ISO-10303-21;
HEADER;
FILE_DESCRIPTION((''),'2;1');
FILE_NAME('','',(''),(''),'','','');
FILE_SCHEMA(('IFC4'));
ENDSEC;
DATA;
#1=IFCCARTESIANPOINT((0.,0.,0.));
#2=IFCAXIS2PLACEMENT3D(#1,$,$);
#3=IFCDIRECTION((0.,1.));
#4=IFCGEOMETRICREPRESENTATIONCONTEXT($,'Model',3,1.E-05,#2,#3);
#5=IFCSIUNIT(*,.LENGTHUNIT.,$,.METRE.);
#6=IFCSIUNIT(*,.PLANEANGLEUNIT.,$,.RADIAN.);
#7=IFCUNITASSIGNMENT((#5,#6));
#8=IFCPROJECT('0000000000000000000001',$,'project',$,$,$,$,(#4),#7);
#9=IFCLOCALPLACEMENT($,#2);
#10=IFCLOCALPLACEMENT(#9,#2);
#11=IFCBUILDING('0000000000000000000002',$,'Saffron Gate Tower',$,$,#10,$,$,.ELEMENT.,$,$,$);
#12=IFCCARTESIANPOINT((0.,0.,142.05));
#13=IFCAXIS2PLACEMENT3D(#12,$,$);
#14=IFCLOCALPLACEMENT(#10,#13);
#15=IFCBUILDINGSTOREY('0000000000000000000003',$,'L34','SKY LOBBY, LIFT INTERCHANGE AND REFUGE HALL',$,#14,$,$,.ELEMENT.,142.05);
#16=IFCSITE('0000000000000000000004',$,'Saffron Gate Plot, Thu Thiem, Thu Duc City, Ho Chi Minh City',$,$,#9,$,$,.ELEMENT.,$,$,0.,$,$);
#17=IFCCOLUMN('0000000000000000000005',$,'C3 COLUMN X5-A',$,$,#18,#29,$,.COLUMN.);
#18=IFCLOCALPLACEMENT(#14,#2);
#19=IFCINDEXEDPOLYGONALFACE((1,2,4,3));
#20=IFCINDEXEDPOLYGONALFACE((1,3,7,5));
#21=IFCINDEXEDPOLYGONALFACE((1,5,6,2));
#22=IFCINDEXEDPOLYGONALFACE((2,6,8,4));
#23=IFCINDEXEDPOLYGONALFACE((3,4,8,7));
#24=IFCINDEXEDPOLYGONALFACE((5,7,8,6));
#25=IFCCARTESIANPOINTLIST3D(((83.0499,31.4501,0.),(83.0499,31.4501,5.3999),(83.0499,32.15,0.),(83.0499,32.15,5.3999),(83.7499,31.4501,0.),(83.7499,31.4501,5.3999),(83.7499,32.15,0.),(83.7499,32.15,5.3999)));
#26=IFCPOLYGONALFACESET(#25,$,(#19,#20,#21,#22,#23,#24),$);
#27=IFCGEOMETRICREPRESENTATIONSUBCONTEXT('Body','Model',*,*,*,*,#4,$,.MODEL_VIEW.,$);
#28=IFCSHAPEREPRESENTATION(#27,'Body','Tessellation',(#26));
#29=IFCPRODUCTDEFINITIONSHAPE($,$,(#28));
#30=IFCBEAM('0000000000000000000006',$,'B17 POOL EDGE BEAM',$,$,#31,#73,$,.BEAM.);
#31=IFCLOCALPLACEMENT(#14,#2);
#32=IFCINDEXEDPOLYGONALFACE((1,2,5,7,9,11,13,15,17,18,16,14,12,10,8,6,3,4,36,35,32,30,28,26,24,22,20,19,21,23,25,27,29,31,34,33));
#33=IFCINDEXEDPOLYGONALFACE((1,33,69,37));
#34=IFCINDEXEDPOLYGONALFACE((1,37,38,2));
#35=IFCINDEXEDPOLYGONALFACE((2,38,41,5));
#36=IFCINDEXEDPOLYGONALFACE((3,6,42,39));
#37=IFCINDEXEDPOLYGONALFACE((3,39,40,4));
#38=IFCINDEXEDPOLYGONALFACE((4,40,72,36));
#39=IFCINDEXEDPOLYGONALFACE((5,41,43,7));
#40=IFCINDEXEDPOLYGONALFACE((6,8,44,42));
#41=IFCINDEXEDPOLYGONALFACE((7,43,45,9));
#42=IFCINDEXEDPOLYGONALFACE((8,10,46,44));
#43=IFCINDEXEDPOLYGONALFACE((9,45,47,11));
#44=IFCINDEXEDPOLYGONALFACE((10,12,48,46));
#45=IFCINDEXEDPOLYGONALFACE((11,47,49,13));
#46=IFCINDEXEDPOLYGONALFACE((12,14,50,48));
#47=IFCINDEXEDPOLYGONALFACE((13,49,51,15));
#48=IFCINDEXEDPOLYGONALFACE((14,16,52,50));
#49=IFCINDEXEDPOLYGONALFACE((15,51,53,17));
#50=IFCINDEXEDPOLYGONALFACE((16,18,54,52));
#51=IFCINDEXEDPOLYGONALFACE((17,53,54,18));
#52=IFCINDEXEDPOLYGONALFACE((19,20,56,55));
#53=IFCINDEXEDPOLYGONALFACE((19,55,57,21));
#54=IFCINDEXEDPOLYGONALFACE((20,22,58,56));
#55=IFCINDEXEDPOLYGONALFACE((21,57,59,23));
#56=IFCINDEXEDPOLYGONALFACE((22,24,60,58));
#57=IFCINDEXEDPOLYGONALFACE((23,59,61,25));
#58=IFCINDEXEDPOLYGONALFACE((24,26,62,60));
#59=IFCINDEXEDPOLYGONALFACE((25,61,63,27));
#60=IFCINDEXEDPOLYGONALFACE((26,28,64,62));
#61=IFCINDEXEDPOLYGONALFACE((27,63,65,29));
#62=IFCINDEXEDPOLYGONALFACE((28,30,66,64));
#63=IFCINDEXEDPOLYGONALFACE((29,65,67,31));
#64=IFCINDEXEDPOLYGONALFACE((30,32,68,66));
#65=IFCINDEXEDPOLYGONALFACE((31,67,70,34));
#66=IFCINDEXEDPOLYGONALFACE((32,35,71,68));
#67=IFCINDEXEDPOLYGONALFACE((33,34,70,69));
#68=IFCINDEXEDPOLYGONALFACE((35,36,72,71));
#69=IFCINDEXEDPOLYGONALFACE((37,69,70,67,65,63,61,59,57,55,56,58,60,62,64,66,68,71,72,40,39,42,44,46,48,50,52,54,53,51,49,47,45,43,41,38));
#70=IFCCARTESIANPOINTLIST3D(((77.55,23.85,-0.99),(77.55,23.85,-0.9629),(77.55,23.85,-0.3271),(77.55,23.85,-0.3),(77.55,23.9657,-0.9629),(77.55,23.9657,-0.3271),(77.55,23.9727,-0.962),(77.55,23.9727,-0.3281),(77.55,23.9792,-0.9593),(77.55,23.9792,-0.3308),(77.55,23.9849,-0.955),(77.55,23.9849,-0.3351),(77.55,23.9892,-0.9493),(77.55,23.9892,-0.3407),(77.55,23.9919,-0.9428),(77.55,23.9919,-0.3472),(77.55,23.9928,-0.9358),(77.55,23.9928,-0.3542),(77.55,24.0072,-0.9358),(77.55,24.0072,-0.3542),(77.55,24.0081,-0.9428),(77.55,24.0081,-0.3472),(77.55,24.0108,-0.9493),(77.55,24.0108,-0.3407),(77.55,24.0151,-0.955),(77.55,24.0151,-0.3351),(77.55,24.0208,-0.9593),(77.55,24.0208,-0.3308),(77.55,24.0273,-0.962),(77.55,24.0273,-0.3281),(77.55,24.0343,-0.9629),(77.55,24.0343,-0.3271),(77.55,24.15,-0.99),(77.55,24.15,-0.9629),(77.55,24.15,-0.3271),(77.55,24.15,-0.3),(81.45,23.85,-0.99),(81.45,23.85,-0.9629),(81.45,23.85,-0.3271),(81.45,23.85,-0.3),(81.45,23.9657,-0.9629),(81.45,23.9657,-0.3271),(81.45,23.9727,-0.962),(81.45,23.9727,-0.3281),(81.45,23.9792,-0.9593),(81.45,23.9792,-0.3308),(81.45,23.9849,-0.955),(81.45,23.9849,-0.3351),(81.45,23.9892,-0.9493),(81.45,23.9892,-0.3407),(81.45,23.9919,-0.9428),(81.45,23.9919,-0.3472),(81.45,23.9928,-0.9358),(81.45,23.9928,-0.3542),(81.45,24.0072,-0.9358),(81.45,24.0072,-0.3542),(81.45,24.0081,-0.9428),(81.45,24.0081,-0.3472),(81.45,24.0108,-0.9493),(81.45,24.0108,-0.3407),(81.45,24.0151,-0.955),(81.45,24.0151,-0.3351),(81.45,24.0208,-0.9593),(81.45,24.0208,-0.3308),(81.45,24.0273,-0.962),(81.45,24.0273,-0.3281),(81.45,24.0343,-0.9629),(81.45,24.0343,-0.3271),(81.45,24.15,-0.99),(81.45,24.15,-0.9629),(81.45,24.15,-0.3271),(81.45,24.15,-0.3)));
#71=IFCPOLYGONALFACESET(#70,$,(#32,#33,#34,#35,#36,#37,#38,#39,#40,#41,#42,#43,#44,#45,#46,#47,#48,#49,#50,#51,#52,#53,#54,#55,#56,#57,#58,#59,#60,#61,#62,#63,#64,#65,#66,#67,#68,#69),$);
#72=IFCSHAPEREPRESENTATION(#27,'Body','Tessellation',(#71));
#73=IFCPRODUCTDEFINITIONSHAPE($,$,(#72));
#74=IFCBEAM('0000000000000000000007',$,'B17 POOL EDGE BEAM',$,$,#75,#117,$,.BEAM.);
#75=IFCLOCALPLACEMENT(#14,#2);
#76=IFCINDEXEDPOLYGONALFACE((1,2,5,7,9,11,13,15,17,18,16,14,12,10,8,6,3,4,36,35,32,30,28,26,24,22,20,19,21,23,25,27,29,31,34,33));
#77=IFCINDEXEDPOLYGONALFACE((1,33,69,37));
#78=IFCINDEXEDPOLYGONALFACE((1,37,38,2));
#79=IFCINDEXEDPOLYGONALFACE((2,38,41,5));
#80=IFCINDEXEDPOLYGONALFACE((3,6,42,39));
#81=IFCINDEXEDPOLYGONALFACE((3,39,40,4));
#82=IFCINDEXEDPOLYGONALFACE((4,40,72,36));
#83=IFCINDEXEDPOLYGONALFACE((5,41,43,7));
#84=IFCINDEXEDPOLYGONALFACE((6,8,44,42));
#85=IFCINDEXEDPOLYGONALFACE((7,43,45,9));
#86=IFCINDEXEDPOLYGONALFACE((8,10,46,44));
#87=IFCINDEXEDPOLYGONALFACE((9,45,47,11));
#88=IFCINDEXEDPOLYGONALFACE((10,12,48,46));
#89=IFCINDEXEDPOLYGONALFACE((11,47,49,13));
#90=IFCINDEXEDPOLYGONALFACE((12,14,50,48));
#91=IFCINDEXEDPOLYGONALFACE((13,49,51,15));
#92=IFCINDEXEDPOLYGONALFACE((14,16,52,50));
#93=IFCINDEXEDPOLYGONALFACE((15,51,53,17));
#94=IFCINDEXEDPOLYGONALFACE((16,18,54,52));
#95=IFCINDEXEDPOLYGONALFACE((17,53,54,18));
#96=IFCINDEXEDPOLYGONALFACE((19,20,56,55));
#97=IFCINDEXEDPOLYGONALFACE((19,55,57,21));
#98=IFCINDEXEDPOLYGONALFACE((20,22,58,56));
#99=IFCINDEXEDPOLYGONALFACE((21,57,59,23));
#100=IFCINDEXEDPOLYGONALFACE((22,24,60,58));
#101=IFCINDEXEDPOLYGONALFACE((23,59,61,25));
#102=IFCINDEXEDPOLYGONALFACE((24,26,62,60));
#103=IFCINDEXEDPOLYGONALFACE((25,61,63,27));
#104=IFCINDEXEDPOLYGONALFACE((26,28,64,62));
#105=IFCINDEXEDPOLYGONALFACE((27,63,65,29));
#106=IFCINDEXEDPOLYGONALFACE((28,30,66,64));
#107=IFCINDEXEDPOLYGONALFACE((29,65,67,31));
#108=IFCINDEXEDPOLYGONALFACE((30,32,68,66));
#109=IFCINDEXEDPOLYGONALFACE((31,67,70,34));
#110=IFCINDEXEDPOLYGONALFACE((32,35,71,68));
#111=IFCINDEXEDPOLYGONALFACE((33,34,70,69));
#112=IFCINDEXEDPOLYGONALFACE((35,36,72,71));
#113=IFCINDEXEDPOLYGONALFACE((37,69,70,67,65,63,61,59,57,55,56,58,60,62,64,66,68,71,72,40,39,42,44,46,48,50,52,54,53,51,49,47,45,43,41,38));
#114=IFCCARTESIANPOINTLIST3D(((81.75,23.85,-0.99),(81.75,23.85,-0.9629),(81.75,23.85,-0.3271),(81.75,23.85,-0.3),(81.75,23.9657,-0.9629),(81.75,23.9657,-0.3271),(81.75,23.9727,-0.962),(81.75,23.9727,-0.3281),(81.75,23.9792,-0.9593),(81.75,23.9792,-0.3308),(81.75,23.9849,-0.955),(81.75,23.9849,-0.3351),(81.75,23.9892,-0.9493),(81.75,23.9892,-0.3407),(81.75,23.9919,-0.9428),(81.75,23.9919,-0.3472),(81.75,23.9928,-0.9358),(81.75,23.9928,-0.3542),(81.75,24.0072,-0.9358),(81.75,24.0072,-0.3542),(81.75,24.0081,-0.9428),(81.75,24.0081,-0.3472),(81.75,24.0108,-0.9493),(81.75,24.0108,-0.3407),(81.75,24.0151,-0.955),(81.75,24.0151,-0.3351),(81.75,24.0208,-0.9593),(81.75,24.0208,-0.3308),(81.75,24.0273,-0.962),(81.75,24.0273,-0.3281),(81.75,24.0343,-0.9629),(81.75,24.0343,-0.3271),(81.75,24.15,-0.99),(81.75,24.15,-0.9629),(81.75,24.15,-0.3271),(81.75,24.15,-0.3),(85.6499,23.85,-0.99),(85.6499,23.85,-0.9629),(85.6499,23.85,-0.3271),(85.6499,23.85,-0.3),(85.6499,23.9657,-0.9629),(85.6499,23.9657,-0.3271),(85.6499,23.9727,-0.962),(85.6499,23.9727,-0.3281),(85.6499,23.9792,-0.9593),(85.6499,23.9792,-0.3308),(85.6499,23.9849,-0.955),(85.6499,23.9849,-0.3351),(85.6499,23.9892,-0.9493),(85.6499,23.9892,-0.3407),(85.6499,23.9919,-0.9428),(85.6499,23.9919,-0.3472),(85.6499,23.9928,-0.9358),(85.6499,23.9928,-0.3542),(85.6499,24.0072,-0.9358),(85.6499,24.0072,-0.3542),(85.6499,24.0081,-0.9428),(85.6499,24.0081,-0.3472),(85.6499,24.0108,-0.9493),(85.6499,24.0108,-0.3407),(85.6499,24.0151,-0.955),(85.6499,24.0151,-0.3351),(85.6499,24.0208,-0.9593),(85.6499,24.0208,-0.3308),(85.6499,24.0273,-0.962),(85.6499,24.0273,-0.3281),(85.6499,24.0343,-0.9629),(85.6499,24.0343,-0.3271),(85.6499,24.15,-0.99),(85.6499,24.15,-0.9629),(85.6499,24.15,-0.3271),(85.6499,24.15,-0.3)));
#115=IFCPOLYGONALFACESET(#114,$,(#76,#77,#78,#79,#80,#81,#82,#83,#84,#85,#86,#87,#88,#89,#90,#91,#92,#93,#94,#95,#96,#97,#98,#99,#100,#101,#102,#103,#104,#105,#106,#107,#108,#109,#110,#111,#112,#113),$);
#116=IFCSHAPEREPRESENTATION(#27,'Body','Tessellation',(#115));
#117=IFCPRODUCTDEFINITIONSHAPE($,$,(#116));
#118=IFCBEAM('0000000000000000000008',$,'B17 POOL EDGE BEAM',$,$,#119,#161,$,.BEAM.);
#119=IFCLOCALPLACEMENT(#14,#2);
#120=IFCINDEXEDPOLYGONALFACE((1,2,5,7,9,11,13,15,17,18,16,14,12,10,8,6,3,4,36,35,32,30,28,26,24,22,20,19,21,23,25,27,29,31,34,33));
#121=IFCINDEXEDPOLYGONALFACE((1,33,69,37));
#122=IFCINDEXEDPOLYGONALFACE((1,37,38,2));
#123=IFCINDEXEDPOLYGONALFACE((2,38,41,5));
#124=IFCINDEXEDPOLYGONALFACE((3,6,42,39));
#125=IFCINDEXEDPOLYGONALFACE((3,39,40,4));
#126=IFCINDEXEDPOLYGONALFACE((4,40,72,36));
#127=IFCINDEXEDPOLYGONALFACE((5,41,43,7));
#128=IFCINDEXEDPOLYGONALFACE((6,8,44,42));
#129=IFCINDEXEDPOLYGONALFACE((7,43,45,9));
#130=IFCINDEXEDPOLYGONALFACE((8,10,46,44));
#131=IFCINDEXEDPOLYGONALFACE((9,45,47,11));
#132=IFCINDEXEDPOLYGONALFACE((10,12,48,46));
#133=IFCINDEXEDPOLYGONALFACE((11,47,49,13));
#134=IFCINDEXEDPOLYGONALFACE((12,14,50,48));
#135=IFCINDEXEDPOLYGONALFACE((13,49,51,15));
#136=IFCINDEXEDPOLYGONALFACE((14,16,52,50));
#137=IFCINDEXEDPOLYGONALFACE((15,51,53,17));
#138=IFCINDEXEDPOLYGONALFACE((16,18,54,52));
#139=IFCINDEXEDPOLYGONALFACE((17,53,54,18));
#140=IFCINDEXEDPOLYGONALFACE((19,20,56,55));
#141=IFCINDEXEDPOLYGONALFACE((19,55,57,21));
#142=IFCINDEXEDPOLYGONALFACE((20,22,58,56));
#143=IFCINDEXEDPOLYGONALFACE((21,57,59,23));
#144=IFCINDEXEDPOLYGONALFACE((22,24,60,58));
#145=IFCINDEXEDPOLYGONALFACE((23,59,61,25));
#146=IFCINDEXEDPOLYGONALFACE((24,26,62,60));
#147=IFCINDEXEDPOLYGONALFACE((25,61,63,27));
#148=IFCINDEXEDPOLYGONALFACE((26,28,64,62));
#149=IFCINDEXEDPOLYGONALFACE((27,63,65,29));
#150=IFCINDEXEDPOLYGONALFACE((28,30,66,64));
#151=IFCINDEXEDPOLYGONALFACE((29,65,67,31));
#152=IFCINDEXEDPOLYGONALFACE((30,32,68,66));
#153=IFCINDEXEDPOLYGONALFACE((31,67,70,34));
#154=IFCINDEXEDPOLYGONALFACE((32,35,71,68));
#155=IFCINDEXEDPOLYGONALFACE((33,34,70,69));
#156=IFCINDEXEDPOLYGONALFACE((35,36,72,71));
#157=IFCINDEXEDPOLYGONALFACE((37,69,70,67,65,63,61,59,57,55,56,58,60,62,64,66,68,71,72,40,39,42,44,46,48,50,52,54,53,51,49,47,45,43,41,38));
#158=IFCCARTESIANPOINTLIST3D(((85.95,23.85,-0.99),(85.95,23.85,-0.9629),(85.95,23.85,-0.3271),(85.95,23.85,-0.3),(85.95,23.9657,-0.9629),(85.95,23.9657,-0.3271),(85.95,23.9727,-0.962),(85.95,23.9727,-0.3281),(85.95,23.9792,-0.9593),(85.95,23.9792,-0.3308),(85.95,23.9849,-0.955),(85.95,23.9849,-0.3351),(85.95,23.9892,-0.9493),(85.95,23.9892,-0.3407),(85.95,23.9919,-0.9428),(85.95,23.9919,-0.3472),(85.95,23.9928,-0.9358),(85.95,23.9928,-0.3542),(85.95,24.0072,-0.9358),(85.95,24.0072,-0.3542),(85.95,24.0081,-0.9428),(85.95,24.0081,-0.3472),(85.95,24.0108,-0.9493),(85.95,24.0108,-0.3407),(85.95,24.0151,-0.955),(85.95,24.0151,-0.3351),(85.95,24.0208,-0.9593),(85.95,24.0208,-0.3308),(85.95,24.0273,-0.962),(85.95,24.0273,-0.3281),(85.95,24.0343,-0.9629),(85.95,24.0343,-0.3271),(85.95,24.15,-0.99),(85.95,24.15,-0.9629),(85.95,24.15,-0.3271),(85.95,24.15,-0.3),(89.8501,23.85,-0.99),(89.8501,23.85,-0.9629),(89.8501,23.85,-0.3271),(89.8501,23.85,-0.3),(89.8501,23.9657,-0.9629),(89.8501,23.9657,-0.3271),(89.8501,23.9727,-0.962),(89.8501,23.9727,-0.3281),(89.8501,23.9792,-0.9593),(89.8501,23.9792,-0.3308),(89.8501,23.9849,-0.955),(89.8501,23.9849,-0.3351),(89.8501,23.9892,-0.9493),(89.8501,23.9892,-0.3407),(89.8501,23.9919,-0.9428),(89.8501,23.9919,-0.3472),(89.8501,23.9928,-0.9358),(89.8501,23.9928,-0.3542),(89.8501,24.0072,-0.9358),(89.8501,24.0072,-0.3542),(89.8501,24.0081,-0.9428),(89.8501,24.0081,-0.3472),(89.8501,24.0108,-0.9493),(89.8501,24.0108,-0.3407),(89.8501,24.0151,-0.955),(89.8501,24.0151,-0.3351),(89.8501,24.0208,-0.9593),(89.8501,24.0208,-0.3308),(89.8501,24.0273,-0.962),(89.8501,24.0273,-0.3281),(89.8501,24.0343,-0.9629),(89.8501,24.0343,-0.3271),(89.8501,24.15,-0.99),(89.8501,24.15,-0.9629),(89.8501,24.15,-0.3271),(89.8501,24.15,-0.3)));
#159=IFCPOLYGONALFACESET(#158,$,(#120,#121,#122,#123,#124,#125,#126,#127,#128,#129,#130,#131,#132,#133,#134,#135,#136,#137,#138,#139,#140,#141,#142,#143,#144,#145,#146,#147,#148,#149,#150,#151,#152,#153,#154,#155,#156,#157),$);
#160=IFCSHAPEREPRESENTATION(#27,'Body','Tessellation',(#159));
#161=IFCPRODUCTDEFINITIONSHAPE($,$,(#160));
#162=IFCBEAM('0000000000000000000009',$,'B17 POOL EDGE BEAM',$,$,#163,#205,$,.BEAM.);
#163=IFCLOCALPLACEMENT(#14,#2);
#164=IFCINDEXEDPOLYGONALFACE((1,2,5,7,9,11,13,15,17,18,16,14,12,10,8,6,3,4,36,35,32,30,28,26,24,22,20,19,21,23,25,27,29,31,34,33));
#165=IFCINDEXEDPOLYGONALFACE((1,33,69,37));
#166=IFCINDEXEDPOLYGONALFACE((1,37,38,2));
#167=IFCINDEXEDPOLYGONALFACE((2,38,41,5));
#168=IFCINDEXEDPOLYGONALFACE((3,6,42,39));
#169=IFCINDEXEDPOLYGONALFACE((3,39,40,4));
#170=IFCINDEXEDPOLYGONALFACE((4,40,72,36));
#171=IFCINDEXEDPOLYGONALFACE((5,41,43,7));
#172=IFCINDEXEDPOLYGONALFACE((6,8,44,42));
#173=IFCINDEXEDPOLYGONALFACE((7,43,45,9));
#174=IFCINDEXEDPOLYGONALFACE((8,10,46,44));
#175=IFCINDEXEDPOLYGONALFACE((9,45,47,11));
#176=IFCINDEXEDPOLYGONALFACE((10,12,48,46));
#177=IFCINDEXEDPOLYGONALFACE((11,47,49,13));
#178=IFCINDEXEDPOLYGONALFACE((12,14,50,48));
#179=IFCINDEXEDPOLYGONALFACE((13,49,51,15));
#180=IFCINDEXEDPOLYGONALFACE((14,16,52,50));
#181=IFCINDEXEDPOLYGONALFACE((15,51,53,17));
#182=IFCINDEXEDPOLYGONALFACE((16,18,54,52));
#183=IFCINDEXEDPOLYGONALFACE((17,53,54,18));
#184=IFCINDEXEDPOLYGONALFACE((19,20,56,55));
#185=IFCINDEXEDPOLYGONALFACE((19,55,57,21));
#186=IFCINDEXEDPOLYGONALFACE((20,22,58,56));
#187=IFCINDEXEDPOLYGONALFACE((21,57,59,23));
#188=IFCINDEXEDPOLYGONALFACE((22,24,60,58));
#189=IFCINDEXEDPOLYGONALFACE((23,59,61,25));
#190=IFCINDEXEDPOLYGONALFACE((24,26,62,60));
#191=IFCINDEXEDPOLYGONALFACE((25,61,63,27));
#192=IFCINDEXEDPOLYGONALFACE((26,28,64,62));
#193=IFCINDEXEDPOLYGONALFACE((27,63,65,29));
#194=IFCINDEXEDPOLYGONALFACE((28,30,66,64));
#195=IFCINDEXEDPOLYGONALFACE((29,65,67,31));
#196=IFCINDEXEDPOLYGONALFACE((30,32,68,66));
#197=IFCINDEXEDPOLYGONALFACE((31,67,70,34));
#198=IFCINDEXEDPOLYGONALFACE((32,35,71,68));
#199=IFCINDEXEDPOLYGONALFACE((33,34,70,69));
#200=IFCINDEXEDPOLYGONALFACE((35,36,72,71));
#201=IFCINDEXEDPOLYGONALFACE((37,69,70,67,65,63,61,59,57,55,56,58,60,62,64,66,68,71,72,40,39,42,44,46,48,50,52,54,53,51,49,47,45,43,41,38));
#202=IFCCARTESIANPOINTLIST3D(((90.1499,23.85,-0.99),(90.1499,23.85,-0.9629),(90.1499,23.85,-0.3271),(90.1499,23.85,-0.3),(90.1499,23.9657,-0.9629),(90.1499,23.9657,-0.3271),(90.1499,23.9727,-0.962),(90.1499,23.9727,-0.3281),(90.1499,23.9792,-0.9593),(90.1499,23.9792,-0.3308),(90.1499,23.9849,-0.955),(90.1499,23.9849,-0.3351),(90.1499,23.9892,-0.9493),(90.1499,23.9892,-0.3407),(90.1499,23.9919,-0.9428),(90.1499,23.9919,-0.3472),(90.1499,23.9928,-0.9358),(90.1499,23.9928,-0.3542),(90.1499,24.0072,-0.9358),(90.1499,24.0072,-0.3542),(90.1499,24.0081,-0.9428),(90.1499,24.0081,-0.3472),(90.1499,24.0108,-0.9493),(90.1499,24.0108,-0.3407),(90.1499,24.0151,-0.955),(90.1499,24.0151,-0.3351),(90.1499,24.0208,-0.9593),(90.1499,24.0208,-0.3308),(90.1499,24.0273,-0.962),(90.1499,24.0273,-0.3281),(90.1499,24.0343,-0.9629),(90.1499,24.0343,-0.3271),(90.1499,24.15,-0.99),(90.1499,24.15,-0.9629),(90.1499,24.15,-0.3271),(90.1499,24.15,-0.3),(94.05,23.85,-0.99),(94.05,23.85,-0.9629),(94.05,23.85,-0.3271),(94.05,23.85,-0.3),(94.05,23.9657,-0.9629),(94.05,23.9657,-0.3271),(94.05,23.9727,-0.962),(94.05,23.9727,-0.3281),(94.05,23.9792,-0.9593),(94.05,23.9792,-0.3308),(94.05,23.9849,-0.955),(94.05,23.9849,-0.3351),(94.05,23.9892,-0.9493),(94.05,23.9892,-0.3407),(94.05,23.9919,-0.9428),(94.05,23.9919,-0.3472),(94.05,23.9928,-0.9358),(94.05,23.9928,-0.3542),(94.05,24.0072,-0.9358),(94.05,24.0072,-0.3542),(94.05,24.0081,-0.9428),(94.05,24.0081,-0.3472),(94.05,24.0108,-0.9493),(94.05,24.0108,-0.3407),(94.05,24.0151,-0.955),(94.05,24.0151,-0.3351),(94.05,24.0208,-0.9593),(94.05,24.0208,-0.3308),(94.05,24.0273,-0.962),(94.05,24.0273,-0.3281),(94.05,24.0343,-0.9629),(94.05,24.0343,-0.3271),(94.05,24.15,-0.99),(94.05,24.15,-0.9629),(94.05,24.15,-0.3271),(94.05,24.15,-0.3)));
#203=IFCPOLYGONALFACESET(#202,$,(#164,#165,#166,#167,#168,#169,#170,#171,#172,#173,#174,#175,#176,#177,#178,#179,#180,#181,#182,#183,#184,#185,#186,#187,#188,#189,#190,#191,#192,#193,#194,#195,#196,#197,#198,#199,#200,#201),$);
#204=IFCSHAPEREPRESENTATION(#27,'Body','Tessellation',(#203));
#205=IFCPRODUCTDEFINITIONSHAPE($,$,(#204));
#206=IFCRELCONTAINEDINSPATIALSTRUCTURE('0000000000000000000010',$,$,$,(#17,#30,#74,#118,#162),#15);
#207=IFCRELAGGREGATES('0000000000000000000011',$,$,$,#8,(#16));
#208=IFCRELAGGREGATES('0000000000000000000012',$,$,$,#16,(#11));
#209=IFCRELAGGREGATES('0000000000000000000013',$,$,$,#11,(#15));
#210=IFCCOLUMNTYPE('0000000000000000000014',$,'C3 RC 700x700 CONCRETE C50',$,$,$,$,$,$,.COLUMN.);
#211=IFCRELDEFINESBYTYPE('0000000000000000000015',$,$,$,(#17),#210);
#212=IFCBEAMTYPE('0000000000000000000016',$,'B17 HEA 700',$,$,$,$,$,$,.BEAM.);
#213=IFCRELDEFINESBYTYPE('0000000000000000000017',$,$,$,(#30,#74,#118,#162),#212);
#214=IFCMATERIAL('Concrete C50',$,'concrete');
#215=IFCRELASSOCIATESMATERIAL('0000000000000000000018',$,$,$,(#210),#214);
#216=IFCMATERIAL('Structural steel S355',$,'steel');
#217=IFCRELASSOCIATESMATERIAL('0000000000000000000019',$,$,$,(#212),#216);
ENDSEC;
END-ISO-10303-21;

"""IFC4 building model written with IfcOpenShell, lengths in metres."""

from ifc_helpers import new_model, si_unit, direction, frame, origin, origin_2d, place, context, subcontext, project, spatial, rectangle, i_section, extrude, material, material_profile, profile_set, type_object, element, save


model = new_model("IFC4")

# Units and contexts
model_context = context("Model", 3, precision=1e-05, world=origin(), true_north=direction((0.0, 1.0)))
body_context = subcontext(model_context, "Body", "Model", "MODEL_VIEW")
ifc_project = project(units=[si_unit("LENGTHUNIT", "METRE"), si_unit("PLANEANGLEUNIT", "RADIAN")], contexts=[model_context])

# Site, building, storey
site_placement = place(None, origin())
site = spatial("IfcSite", under=ifc_project, at=site_placement, Name="Saffron Gate Plot, Thu Thiem, Thu Duc City, Ho Chi Minh City", CompositionType="ELEMENT", RefElevation=0.0)
building_placement = place(site_placement, origin())
building = spatial("IfcBuilding", under=site, at=building_placement, Name="Saffron Gate Tower", CompositionType="ELEMENT")
storey_placement = place(building_placement, frame((0.0, 0.0, 142.05)))
storey = spatial("IfcBuildingStorey", under=building, at=storey_placement, Name="L34", Description="SKY LOBBY, LIFT INTERCHANGE AND REFUGE HALL", CompositionType="ELEMENT", Elevation=142.05)

# Column
ifc_material_1 = material(Name="Concrete C50", Category="concrete")
ifc_material_profile_1 = material_profile(ifc_material_1, rectangle(XDim=0.7, YDim=0.7, at=origin_2d()))
ifc_profile_set_1 = profile_set([ifc_material_profile_1], Name="Concrete C50")
column_type = type_object("IfcColumnType", Name="C3 RC 700x700 CONCRETE C50", PredefinedType="COLUMN", material=ifc_profile_set_1)
column_placement = place(storey_placement, frame((83.3999, 31.8, 0.0), z_axis=(0.0, 0.0, 1.0), x_axis=(1.0, 0.0, 0.0)))
element("IfcColumn", 1, at=column_placement, inside=storey, type_object=column_type, Name="C3 COLUMN X5-A", PredefinedType="COLUMN", context=body_context, shape_type="SweptSolid", body=[
    extrude(rectangle(XDim=0.7, YDim=0.7, at=origin_2d()), origin(), (0.0, 0.0, 1.0), 5.3999),
])

# Beams
ifc_material_2 = material(Name="Structural steel S355", Category="steel")
ifc_material_profile_2 = material_profile(ifc_material_2, i_section(OverallWidth=0.3, OverallDepth=0.6899, WebThickness=0.0144, FlangeThickness=0.0271, FilletRadius=0.0271, at=origin_2d()))
ifc_profile_set_2 = profile_set([ifc_material_profile_2], Name="Structural steel S355")
beam_type_1 = type_object("IfcBeamType", Name="B17 HEA 700", PredefinedType="BEAM", material=ifc_profile_set_2)
for number, where, z_axis, x_axis, name in (
    (2, (77.55, 24.0, -0.645), (1.0, 0.0, 0.0), (0.0, 1.0, 0.0), "B17 POOL EDGE BEAM"),
    (3, (81.75, 24.0, -0.645), (1.0, 0.0, 0.0), (0.0, 1.0, 0.0), "B17 POOL EDGE BEAM"),
):
    element("IfcBeam", number, at=place(storey_placement, frame(where, z_axis=z_axis, x_axis=x_axis)), inside=storey, type_object=beam_type_1, Name=name, PredefinedType="BEAM", context=body_context, shape_type="SweptSolid", body=[
        extrude(i_section(OverallWidth=0.3, OverallDepth=0.6899, WebThickness=0.0144, FlangeThickness=0.0271, FilletRadius=0.0271, at=origin_2d()), origin(), (0.0, 0.0, 1.0), 3.8999),
    ])
for number, where, z_axis, x_axis, name in (
    (4, (85.95, 24.0, -0.645), (1.0, 0.0, 0.0), (0.0, 1.0, 0.0), "B17 POOL EDGE BEAM"),
    (5, (90.1499, 24.0, -0.645), (1.0, 0.0, 0.0), (0.0, 1.0, 0.0), "B17 POOL EDGE BEAM"),
):
    element("IfcBeam", number, at=place(storey_placement, frame(where, z_axis=z_axis, x_axis=x_axis)), inside=storey, type_object=beam_type_1, Name=name, PredefinedType="BEAM", context=body_context, shape_type="SweptSolid", body=[
        extrude(i_section(OverallWidth=0.3, OverallDepth=0.6899, WebThickness=0.0144, FlangeThickness=0.0271, FilletRadius=0.0271, at=origin_2d()), origin(), (0.0, 0.0, 1.0), 3.9001),
    ])

save(model, "model.ifc")
